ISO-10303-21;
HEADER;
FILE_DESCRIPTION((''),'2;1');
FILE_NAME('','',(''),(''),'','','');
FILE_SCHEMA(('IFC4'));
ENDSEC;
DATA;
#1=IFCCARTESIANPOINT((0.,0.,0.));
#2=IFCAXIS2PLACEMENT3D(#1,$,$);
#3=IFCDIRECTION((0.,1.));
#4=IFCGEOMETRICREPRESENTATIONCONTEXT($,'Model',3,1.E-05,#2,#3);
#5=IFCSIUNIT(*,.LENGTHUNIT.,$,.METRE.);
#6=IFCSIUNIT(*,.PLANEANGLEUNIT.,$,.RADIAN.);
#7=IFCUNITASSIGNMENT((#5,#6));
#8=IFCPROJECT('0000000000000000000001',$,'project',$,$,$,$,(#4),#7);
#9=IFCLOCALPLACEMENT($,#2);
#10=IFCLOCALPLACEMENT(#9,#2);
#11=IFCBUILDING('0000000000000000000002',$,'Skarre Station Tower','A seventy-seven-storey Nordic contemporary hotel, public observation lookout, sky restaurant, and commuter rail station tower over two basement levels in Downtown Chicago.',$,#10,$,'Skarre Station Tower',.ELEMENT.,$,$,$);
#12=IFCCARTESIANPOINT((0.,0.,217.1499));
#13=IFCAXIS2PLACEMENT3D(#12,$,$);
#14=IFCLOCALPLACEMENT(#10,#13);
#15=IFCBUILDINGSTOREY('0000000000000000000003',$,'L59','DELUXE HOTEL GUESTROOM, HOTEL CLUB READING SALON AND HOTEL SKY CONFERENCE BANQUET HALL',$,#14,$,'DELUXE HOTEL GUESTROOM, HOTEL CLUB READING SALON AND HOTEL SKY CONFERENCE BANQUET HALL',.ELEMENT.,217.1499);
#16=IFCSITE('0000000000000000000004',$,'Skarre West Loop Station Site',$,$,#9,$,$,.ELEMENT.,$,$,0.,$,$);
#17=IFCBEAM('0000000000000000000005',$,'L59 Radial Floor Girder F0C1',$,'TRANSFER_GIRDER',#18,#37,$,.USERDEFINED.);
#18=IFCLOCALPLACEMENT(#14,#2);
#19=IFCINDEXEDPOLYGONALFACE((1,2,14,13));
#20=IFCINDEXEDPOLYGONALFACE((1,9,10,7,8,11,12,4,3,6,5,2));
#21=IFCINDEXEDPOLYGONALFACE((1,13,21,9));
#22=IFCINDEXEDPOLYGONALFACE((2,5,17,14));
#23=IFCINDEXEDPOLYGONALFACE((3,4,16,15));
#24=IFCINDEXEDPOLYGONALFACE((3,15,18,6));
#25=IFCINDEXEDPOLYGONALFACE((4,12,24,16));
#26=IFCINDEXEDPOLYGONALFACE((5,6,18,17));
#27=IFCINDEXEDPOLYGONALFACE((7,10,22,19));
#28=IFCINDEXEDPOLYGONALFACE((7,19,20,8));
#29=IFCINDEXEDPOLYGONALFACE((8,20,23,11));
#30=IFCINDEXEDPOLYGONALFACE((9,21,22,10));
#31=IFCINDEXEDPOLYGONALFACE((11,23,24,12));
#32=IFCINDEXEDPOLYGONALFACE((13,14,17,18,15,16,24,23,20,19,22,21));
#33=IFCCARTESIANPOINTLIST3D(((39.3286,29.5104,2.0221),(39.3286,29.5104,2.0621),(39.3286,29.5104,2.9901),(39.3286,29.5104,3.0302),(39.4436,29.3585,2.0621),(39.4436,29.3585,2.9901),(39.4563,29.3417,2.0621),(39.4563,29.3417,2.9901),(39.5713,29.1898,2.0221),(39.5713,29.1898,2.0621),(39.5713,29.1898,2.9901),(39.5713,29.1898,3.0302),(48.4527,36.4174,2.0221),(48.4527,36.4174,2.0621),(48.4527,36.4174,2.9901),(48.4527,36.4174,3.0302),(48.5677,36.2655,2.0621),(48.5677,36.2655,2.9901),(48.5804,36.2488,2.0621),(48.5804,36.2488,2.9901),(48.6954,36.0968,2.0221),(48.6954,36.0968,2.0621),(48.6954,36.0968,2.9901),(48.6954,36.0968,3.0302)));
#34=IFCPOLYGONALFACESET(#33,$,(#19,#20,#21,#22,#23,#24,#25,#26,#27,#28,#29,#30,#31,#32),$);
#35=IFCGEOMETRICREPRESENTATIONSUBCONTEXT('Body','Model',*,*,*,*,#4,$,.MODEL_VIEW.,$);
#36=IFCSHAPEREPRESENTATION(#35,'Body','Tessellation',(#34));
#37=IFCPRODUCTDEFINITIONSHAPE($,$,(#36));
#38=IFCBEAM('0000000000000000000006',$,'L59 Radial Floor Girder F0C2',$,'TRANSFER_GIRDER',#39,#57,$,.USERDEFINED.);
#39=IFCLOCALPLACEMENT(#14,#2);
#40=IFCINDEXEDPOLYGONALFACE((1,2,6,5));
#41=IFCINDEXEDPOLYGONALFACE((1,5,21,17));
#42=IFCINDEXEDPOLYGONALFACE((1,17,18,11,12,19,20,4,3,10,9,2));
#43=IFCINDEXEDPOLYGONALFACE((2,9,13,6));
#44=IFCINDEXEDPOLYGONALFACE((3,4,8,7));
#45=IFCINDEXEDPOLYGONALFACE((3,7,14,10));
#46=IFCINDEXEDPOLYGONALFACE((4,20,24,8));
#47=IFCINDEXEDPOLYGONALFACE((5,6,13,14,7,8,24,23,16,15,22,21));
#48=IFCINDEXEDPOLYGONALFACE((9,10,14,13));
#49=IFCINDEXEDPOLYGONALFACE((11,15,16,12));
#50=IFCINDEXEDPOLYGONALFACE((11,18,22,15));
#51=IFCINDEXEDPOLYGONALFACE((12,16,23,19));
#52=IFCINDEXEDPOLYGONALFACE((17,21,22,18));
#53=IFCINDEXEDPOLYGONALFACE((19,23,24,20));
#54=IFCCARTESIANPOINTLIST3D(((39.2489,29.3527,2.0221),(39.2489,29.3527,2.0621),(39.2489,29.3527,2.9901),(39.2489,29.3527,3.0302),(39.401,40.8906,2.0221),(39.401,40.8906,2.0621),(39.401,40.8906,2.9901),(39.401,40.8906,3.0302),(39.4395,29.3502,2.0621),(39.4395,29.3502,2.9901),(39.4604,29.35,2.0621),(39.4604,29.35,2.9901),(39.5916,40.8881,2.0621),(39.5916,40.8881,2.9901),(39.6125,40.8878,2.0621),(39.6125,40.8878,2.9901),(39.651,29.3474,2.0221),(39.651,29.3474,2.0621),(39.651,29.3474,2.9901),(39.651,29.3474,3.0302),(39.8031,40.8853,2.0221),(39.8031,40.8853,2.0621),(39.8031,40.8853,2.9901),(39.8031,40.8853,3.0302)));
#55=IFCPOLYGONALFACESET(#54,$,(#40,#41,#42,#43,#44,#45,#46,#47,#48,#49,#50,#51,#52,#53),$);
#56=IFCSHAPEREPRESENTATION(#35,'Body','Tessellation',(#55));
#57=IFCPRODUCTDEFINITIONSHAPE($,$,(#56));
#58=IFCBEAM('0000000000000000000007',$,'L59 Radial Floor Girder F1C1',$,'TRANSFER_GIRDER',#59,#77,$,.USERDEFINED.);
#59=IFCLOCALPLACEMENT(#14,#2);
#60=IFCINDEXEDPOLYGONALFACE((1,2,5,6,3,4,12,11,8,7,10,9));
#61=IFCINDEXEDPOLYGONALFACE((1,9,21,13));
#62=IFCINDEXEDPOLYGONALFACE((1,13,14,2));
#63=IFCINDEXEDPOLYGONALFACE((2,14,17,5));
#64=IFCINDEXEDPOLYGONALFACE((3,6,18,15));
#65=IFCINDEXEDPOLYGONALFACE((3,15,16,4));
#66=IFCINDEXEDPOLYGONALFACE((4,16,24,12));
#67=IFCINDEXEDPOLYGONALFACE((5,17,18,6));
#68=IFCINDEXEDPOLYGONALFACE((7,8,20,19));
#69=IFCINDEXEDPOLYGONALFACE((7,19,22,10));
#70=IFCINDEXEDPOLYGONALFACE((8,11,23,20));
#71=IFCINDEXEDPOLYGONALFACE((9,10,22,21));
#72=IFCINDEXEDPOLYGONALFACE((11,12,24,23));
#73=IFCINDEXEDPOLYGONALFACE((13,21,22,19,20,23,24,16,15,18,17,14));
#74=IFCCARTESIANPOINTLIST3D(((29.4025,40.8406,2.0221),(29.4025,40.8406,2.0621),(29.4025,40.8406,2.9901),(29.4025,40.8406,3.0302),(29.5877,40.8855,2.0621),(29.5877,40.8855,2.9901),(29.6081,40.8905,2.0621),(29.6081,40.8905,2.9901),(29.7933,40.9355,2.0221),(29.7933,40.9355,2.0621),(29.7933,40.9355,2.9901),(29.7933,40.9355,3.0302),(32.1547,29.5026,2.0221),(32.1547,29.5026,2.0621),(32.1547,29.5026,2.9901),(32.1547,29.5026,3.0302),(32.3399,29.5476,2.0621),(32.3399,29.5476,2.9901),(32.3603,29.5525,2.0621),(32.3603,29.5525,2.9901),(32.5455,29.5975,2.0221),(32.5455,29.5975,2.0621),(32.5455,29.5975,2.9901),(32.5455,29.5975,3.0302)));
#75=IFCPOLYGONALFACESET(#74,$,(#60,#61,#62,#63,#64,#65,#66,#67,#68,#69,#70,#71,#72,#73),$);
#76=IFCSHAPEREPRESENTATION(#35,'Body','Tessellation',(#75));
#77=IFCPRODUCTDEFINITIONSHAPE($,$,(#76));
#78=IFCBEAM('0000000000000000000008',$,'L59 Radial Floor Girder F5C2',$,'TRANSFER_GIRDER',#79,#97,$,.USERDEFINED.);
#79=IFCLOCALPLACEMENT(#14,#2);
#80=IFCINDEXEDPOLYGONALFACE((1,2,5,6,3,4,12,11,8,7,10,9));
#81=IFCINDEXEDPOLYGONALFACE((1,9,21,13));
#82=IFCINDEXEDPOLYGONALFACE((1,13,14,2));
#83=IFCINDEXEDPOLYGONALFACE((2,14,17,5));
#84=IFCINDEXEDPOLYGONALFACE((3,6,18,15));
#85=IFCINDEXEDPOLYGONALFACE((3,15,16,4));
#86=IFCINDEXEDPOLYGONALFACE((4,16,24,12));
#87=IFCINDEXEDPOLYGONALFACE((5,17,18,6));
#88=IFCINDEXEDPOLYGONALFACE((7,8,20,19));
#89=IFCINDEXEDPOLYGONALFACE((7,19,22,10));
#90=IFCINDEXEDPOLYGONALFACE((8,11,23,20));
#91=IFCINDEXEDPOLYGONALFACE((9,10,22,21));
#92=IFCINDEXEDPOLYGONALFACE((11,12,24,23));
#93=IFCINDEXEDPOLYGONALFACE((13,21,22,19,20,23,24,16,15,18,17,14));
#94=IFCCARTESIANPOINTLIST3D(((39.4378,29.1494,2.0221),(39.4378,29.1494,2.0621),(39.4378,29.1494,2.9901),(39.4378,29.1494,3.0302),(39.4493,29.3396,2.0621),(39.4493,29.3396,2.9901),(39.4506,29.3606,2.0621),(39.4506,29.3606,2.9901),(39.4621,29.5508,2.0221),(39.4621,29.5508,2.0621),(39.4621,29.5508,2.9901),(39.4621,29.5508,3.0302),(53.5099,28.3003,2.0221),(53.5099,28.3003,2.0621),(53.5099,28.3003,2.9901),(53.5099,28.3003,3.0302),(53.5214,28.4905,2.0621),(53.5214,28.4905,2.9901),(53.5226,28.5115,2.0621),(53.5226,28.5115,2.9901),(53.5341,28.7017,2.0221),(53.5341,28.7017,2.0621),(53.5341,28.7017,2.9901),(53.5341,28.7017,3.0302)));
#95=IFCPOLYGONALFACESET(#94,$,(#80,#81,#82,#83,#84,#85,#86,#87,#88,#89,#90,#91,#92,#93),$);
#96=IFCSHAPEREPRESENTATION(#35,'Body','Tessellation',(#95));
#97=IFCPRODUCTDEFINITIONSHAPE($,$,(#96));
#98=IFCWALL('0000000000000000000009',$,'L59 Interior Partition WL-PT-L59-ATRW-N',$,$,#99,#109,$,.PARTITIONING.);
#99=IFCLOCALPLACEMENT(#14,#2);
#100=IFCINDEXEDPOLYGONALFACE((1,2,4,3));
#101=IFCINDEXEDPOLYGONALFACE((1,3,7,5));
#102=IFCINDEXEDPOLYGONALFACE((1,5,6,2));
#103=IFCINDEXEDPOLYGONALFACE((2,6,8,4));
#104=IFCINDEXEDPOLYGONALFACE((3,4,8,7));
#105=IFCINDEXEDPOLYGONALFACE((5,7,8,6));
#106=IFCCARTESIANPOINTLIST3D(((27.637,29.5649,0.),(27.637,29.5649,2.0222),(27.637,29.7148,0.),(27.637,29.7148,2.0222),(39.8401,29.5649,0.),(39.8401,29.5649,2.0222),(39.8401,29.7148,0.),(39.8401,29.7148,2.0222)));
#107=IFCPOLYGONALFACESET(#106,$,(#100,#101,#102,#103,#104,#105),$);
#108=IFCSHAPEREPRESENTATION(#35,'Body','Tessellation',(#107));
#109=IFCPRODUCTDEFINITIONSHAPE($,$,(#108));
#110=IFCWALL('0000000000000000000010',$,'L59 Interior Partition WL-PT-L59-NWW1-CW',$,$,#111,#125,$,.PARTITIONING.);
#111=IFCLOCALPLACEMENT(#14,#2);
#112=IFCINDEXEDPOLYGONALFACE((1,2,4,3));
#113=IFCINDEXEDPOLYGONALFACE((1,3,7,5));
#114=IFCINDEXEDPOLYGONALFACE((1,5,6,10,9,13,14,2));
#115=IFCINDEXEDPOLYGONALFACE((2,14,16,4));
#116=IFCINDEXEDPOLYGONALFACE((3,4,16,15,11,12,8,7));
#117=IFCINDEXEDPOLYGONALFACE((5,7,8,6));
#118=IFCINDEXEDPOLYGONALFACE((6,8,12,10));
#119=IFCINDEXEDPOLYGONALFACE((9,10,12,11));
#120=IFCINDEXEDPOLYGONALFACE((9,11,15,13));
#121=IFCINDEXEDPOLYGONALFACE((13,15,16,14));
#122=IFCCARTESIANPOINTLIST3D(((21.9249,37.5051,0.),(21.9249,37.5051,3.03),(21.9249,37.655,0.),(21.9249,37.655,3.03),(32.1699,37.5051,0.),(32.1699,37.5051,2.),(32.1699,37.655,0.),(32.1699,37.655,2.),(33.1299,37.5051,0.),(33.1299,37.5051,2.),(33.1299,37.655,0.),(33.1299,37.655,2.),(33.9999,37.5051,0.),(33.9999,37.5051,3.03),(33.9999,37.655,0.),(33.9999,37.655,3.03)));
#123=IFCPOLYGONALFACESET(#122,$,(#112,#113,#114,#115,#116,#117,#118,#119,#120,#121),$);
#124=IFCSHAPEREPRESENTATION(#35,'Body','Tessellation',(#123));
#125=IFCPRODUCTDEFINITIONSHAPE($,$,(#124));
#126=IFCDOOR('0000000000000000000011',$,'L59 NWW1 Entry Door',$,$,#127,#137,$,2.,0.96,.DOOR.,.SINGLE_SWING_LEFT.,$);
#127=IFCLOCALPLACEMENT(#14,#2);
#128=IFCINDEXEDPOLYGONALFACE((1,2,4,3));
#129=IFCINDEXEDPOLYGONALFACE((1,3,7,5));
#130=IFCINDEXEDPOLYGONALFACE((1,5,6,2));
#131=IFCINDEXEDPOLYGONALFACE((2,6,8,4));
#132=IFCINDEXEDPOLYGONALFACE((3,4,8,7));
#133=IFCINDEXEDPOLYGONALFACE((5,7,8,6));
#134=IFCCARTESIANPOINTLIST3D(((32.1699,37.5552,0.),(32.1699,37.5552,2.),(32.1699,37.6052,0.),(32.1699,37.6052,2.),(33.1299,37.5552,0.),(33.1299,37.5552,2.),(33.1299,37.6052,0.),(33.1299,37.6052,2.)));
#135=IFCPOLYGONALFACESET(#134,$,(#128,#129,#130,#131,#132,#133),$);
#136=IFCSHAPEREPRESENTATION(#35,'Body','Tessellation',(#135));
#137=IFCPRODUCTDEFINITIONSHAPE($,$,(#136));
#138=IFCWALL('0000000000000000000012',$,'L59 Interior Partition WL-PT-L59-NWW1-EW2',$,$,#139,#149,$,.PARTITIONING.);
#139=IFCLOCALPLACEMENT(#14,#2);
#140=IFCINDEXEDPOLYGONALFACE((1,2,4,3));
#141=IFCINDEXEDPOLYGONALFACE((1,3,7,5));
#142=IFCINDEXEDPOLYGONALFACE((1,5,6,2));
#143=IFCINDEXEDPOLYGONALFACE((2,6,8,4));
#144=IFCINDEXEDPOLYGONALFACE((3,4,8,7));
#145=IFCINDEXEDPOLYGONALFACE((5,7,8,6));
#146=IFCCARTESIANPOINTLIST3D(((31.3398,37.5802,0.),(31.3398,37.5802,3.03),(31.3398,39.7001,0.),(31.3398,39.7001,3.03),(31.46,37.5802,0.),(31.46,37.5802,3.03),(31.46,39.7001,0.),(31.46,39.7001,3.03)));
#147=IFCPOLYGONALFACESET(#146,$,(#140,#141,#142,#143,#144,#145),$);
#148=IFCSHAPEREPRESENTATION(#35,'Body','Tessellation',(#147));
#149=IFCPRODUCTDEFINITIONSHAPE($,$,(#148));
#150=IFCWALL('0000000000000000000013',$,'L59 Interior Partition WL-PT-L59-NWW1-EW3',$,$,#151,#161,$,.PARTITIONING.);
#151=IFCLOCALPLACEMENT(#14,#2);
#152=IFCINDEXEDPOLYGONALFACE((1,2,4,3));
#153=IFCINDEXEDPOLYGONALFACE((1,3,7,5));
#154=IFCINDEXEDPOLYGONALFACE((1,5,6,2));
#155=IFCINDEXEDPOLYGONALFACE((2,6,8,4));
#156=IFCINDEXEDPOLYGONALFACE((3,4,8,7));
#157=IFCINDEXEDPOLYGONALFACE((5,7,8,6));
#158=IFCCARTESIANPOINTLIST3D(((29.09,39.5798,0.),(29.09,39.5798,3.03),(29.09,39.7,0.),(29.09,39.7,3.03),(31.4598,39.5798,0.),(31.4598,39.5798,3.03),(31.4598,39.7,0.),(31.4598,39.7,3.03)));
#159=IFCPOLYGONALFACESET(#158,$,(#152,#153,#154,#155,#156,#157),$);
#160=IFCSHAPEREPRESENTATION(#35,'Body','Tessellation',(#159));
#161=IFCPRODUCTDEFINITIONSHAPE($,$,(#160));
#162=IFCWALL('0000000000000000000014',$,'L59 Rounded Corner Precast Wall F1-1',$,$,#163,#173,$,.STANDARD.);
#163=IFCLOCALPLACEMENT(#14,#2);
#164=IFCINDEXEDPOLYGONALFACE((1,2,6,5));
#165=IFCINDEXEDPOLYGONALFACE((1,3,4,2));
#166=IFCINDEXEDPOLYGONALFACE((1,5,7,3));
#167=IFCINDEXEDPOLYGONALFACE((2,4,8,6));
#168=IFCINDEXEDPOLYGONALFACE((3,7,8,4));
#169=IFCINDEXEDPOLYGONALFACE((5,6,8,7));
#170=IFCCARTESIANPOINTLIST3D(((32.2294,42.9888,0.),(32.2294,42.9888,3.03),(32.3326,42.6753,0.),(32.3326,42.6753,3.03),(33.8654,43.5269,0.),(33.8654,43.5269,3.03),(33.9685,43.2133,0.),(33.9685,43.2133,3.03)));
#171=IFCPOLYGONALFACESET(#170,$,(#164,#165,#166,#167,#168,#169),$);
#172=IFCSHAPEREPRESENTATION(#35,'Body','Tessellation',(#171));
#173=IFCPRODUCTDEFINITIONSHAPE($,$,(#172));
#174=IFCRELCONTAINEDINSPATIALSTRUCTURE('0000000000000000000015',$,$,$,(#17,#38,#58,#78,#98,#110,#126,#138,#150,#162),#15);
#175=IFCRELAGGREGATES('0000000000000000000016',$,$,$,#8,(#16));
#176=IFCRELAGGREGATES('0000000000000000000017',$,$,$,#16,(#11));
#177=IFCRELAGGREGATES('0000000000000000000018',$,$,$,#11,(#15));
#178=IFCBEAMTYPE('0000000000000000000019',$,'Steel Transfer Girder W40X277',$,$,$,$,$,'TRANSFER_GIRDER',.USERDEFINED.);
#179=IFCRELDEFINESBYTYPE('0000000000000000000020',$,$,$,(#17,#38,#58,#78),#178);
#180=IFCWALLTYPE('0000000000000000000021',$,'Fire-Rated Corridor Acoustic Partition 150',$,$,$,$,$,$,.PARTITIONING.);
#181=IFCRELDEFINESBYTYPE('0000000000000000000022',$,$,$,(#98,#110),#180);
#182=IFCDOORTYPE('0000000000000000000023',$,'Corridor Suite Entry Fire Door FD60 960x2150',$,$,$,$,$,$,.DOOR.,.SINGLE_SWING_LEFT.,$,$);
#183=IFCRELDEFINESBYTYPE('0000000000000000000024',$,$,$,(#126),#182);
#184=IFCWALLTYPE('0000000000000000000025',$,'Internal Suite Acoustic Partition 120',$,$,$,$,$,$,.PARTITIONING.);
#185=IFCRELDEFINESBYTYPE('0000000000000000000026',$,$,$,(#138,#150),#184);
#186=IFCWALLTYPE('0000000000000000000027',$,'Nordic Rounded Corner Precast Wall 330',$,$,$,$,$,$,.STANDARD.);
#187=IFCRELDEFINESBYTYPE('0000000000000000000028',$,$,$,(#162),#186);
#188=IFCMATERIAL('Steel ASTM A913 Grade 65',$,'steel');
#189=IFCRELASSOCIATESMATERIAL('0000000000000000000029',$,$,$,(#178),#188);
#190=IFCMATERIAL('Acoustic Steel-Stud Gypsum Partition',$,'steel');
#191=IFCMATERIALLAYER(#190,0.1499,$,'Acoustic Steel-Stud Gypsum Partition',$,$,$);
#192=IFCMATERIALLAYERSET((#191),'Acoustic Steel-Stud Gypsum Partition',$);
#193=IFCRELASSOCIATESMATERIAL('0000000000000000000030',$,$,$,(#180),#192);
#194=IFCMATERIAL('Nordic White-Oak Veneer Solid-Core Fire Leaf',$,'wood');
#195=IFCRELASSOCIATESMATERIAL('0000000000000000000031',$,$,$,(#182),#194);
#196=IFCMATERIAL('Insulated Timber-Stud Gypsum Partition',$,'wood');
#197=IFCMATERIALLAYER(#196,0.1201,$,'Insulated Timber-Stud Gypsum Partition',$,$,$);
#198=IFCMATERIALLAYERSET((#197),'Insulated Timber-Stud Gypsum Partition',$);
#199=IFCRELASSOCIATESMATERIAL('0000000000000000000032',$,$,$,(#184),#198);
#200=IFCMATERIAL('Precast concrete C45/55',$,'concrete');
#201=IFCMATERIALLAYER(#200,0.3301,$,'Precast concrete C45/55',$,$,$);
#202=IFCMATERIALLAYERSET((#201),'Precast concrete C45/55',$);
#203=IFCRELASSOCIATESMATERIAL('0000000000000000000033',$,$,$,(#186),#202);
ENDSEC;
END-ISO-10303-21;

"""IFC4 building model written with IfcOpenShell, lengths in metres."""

from ifc_helpers import new_model, si_unit, direction, frame, frame_2d, origin, origin_2d, place, context, subcontext, project, spatial, rectangle, i_section, extrude, material, layer, layer_set, material_profile, profile_set, type_object, element, fill, save


model = new_model("IFC4")

# Units and contexts
model_context = context("Model", 3, precision=1e-05, world=origin(), true_north=direction((0.0, 1.0)))
body_context = subcontext(model_context, "Body", "Model", "MODEL_VIEW")
ifc_project = project(units=[si_unit("LENGTHUNIT", "METRE"), si_unit("PLANEANGLEUNIT", "RADIAN")], contexts=[model_context])

# Site, building, storey
site_placement = place(None, origin())
site = spatial("IfcSite", under=ifc_project, at=site_placement, Name="Skarre West Loop Station Site", CompositionType="ELEMENT", RefElevation=0.0)
building_placement = place(site_placement, origin())
building = spatial("IfcBuilding", under=site, at=building_placement, Name="Skarre Station Tower", Description="A seventy-seven-storey Nordic contemporary hotel, public observation lookout, sky restaurant, and commuter rail station tower over two basement levels in Downtown Chicago.", LongName="Skarre Station Tower", CompositionType="ELEMENT")
storey_placement = place(building_placement, frame((0.0, 0.0, 217.1499)))
storey = spatial("IfcBuildingStorey", under=building, at=storey_placement, Name="L59", Description="DELUXE HOTEL GUESTROOM, HOTEL CLUB READING SALON AND HOTEL SKY CONFERENCE BANQUET HALL", LongName="DELUXE HOTEL GUESTROOM, HOTEL CLUB READING SALON AND HOTEL SKY CONFERENCE BANQUET HALL", CompositionType="ELEMENT", Elevation=217.1499)

# Shared definitions
ifc_material_1 = material(Name="Steel ASTM A913 Grade 65", Category="steel")

# Beams
ifc_material_profile_1 = material_profile(ifc_material_1, i_section(OverallWidth=0.4021, OverallDepth=1.0081, WebThickness=0.021, FlangeThickness=0.04, at=origin_2d()), Name="Steel ASTM A913 Grade 65")
ifc_profile_set_1 = profile_set([ifc_material_profile_1], Name="Steel ASTM A913 Grade 65")
beam_type_1 = type_object("IfcBeamType", Name="Steel Transfer Girder W40X277", ElementType="TRANSFER_GIRDER", PredefinedType="USERDEFINED", material=ifc_profile_set_1)
beam_1_placement = place(storey_placement, frame((39.45, 29.3501, 2.5261), z_axis=(0.797309, 0.603571, 0.0), x_axis=(-0.603571, 0.797309, 0.0)))
element("IfcBeam", 1, at=beam_1_placement, inside=storey, type_object=beam_type_1, Name="L59 Radial Floor Girder F0C1", ObjectType="TRANSFER_GIRDER", PredefinedType="USERDEFINED", context=body_context, shape_type="SweptSolid", body=[
    extrude(i_section(OverallWidth=0.4021, OverallDepth=1.0081, WebThickness=0.021, FlangeThickness=0.04, at=origin_2d()), origin(), (0.0, 0.0, 1.0), 11.4436),
])
beam_2_placement = place(storey_placement, frame((39.45, 29.3501, 2.5261), z_axis=(0.013182, 0.999913, 0.0), x_axis=(-0.999913, 0.013182, 0.0)))
element("IfcBeam", 2, at=beam_2_placement, inside=storey, type_object=beam_type_1, Name="L59 Radial Floor Girder F0C2", ObjectType="TRANSFER_GIRDER", PredefinedType="USERDEFINED", context=body_context, shape_type="SweptSolid", body=[
    extrude(i_section(OverallWidth=0.4021, OverallDepth=1.0081, WebThickness=0.021, FlangeThickness=0.04, at=origin_2d()), origin(), (0.0, 0.0, 1.0), 11.5388),
])
beam_3_placement = place(storey_placement, frame((32.3501, 29.55, 2.5261), z_axis=(-0.235893, 0.971779, 0.0), x_axis=(-0.971779, -0.235893, 0.0)))
element("IfcBeam", 3, at=beam_3_placement, inside=storey, type_object=beam_type_1, Name="L59 Radial Floor Girder F1C1", ObjectType="TRANSFER_GIRDER", PredefinedType="USERDEFINED", context=body_context, shape_type="SweptSolid", body=[
    extrude(i_section(OverallWidth=0.4021, OverallDepth=1.0081, WebThickness=0.021, FlangeThickness=0.04, at=origin_2d()), origin(), (0.0, 0.0, 1.0), 11.6672),
])
beam_4_placement = place(storey_placement, frame((39.45, 29.3501, 2.5261), z_axis=(0.998184, -0.060232, 0.0), x_axis=(0.060232, 0.998184, 0.0)))
element("IfcBeam", 4, at=beam_4_placement, inside=storey, type_object=beam_type_1, Name="L59 Radial Floor Girder F5C2", ObjectType="TRANSFER_GIRDER", PredefinedType="USERDEFINED", context=body_context, shape_type="SweptSolid", body=[
    extrude(i_section(OverallWidth=0.4021, OverallDepth=1.0081, WebThickness=0.021, FlangeThickness=0.04, at=origin_2d()), origin(), (0.0, 0.0, 1.0), 14.0977),
])

# Wall
ifc_material_2 = material(Name="Acoustic Steel-Stud Gypsum Partition", Category="steel")
ifc_layer_1 = layer(ifc_material_2, 0.1499, Name="Acoustic Steel-Stud Gypsum Partition")
ifc_layer_set_1 = layer_set([ifc_layer_1], Name="Acoustic Steel-Stud Gypsum Partition")
wall_type_1 = type_object("IfcWallType", Name="Fire-Rated Corridor Acoustic Partition 150", PredefinedType="PARTITIONING", material=ifc_layer_set_1)
wall_1_placement = place(storey_placement, frame((39.8401, 29.6399, 0.0), z_axis=(0.0, 0.0, 1.0), x_axis=(-1.0, 0.0, 0.0)))
element("IfcWall", 5, at=wall_1_placement, inside=storey, type_object=wall_type_1, Name="L59 Interior Partition WL-PT-L59-ATRW-N", PredefinedType="PARTITIONING", context=body_context, shape_type="SweptSolid", body=[
    extrude(rectangle(XDim=12.2031, YDim=0.1499, at=frame_2d((6.1016, 0.0))), origin(), (0.0, 0.0, 1.0), 2.0222),
])

# Wall, opening, door
wall_2_placement = place(storey_placement, frame((34.0, 37.5801, 0.0), z_axis=(0.0, 0.0, 1.0), x_axis=(-1.0, 0.0, 0.0)))
wall_2 = element("IfcWall", 6, at=wall_2_placement, inside=storey, type_object=wall_type_1, Name="L59 Interior Partition WL-PT-L59-NWW1-CW", PredefinedType="PARTITIONING", context=body_context, shape_type="SweptSolid", body=[
    extrude(rectangle(XDim=12.075, YDim=0.1499, at=frame_2d((6.0376, 0.0))), origin(), (0.0, 0.0, 1.0), 3.03),
])
opening_1_placement = place(wall_2_placement, frame((0.8701, 0.0, 0.0)))
opening_1 = element("IfcOpeningElement", 7, at=opening_1_placement, cuts=wall_2, PredefinedType="OPENING", context=body_context, shape_type="SweptSolid", body=[
    extrude(rectangle(XDim=0.96, YDim=2.0, at=frame_2d((0.48, 1.0))), frame((0.0, 0.085, 0.0), z_axis=(0.0, -1.0, 0.0), x_axis=(1.0, 0.0, 0.0)), (0.0, 0.0, 1.0), 0.1699),
])
ifc_material_3 = material(Name="Nordic White-Oak Veneer Solid-Core Fire Leaf", Category="wood")
door_type = type_object("IfcDoorType", Name="Corridor Suite Entry Fire Door FD60 960x2150", OperationType="SINGLE_SWING_LEFT", PredefinedType="DOOR", material=ifc_material_3)
door_placement = place(opening_1_placement, origin())
door = element("IfcDoor", 8, at=door_placement, inside=storey, type_object=door_type, Name="L59 NWW1 Entry Door", OperationType="SINGLE_SWING_LEFT", OverallHeight=2.0, OverallWidth=0.96, PredefinedType="DOOR", context=body_context, shape_type="SweptSolid", body=[
    extrude(rectangle(XDim=0.96, YDim=2.0, at=frame_2d((0.48, 1.0))), frame((0.0, 0.0249, 0.0), z_axis=(0.0, -1.0, 0.0), x_axis=(1.0, 0.0, 0.0)), (0.0, 0.0, 1.0), 0.05),
])
fill(opening_1, door)

# Walls
ifc_material_4 = material(Name="Insulated Timber-Stud Gypsum Partition", Category="wood")
ifc_layer_2 = layer(ifc_material_4, 0.1201, Name="Insulated Timber-Stud Gypsum Partition")
ifc_layer_set_2 = layer_set([ifc_layer_2], Name="Insulated Timber-Stud Gypsum Partition")
wall_type_2 = type_object("IfcWallType", Name="Internal Suite Acoustic Partition 120", PredefinedType="PARTITIONING", material=ifc_layer_set_2)
wall_3_placement = place(storey_placement, frame((31.3999, 37.5801, 0.0), z_axis=(0.0, 0.0, 1.0), x_axis=(0.0, 1.0, 0.0)))
element("IfcWall", 9, at=wall_3_placement, inside=storey, type_object=wall_type_2, Name="L59 Interior Partition WL-PT-L59-NWW1-EW2", PredefinedType="PARTITIONING", context=body_context, shape_type="SweptSolid", body=[
    extrude(rectangle(XDim=2.1199, YDim=0.1201, at=frame_2d((1.0601, 0.0))), origin(), (0.0, 0.0, 1.0), 3.03),
])
wall_4_placement = place(storey_placement, frame((31.46, 39.6399, 0.0), z_axis=(0.0, 0.0, 1.0), x_axis=(-1.0, 0.0, 0.0)))
element("IfcWall", 10, at=wall_4_placement, inside=storey, type_object=wall_type_2, Name="L59 Interior Partition WL-PT-L59-NWW1-EW3", PredefinedType="PARTITIONING", context=body_context, shape_type="SweptSolid", body=[
    extrude(rectangle(XDim=2.3699, YDim=0.1201, at=frame_2d((1.1851, 0.0))), origin(), (0.0, 0.0, 1.0), 3.03),
])
ifc_material_5 = material(Name="Precast concrete C45/55", Category="concrete")
ifc_layer_3 = layer(ifc_material_5, 0.3301, Name="Precast concrete C45/55")
ifc_layer_set_3 = layer_set([ifc_layer_3], Name="Precast concrete C45/55")
wall_type_3 = type_object("IfcWallType", Name="Nordic Rounded Corner Precast Wall 330", PredefinedType="STANDARD", material=ifc_layer_set_3)
wall_5_placement = place(storey_placement, frame((32.281, 42.832, 0.0), z_axis=(0.0, 0.0, 1.0), x_axis=(0.949937, 0.31244, 0.0)))
element("IfcWall", 11, at=wall_5_placement, inside=storey, type_object=wall_type_3, Name="L59 Rounded Corner Precast Wall F1-1", PredefinedType="STANDARD", context=body_context, shape_type="SweptSolid", body=[
    extrude(rectangle(XDim=1.7222, YDim=0.3301, at=frame_2d((0.8611, 0.0))), origin(), (0.0, 0.0, 1.0), 3.03),
])

save(model, "model.ifc")
